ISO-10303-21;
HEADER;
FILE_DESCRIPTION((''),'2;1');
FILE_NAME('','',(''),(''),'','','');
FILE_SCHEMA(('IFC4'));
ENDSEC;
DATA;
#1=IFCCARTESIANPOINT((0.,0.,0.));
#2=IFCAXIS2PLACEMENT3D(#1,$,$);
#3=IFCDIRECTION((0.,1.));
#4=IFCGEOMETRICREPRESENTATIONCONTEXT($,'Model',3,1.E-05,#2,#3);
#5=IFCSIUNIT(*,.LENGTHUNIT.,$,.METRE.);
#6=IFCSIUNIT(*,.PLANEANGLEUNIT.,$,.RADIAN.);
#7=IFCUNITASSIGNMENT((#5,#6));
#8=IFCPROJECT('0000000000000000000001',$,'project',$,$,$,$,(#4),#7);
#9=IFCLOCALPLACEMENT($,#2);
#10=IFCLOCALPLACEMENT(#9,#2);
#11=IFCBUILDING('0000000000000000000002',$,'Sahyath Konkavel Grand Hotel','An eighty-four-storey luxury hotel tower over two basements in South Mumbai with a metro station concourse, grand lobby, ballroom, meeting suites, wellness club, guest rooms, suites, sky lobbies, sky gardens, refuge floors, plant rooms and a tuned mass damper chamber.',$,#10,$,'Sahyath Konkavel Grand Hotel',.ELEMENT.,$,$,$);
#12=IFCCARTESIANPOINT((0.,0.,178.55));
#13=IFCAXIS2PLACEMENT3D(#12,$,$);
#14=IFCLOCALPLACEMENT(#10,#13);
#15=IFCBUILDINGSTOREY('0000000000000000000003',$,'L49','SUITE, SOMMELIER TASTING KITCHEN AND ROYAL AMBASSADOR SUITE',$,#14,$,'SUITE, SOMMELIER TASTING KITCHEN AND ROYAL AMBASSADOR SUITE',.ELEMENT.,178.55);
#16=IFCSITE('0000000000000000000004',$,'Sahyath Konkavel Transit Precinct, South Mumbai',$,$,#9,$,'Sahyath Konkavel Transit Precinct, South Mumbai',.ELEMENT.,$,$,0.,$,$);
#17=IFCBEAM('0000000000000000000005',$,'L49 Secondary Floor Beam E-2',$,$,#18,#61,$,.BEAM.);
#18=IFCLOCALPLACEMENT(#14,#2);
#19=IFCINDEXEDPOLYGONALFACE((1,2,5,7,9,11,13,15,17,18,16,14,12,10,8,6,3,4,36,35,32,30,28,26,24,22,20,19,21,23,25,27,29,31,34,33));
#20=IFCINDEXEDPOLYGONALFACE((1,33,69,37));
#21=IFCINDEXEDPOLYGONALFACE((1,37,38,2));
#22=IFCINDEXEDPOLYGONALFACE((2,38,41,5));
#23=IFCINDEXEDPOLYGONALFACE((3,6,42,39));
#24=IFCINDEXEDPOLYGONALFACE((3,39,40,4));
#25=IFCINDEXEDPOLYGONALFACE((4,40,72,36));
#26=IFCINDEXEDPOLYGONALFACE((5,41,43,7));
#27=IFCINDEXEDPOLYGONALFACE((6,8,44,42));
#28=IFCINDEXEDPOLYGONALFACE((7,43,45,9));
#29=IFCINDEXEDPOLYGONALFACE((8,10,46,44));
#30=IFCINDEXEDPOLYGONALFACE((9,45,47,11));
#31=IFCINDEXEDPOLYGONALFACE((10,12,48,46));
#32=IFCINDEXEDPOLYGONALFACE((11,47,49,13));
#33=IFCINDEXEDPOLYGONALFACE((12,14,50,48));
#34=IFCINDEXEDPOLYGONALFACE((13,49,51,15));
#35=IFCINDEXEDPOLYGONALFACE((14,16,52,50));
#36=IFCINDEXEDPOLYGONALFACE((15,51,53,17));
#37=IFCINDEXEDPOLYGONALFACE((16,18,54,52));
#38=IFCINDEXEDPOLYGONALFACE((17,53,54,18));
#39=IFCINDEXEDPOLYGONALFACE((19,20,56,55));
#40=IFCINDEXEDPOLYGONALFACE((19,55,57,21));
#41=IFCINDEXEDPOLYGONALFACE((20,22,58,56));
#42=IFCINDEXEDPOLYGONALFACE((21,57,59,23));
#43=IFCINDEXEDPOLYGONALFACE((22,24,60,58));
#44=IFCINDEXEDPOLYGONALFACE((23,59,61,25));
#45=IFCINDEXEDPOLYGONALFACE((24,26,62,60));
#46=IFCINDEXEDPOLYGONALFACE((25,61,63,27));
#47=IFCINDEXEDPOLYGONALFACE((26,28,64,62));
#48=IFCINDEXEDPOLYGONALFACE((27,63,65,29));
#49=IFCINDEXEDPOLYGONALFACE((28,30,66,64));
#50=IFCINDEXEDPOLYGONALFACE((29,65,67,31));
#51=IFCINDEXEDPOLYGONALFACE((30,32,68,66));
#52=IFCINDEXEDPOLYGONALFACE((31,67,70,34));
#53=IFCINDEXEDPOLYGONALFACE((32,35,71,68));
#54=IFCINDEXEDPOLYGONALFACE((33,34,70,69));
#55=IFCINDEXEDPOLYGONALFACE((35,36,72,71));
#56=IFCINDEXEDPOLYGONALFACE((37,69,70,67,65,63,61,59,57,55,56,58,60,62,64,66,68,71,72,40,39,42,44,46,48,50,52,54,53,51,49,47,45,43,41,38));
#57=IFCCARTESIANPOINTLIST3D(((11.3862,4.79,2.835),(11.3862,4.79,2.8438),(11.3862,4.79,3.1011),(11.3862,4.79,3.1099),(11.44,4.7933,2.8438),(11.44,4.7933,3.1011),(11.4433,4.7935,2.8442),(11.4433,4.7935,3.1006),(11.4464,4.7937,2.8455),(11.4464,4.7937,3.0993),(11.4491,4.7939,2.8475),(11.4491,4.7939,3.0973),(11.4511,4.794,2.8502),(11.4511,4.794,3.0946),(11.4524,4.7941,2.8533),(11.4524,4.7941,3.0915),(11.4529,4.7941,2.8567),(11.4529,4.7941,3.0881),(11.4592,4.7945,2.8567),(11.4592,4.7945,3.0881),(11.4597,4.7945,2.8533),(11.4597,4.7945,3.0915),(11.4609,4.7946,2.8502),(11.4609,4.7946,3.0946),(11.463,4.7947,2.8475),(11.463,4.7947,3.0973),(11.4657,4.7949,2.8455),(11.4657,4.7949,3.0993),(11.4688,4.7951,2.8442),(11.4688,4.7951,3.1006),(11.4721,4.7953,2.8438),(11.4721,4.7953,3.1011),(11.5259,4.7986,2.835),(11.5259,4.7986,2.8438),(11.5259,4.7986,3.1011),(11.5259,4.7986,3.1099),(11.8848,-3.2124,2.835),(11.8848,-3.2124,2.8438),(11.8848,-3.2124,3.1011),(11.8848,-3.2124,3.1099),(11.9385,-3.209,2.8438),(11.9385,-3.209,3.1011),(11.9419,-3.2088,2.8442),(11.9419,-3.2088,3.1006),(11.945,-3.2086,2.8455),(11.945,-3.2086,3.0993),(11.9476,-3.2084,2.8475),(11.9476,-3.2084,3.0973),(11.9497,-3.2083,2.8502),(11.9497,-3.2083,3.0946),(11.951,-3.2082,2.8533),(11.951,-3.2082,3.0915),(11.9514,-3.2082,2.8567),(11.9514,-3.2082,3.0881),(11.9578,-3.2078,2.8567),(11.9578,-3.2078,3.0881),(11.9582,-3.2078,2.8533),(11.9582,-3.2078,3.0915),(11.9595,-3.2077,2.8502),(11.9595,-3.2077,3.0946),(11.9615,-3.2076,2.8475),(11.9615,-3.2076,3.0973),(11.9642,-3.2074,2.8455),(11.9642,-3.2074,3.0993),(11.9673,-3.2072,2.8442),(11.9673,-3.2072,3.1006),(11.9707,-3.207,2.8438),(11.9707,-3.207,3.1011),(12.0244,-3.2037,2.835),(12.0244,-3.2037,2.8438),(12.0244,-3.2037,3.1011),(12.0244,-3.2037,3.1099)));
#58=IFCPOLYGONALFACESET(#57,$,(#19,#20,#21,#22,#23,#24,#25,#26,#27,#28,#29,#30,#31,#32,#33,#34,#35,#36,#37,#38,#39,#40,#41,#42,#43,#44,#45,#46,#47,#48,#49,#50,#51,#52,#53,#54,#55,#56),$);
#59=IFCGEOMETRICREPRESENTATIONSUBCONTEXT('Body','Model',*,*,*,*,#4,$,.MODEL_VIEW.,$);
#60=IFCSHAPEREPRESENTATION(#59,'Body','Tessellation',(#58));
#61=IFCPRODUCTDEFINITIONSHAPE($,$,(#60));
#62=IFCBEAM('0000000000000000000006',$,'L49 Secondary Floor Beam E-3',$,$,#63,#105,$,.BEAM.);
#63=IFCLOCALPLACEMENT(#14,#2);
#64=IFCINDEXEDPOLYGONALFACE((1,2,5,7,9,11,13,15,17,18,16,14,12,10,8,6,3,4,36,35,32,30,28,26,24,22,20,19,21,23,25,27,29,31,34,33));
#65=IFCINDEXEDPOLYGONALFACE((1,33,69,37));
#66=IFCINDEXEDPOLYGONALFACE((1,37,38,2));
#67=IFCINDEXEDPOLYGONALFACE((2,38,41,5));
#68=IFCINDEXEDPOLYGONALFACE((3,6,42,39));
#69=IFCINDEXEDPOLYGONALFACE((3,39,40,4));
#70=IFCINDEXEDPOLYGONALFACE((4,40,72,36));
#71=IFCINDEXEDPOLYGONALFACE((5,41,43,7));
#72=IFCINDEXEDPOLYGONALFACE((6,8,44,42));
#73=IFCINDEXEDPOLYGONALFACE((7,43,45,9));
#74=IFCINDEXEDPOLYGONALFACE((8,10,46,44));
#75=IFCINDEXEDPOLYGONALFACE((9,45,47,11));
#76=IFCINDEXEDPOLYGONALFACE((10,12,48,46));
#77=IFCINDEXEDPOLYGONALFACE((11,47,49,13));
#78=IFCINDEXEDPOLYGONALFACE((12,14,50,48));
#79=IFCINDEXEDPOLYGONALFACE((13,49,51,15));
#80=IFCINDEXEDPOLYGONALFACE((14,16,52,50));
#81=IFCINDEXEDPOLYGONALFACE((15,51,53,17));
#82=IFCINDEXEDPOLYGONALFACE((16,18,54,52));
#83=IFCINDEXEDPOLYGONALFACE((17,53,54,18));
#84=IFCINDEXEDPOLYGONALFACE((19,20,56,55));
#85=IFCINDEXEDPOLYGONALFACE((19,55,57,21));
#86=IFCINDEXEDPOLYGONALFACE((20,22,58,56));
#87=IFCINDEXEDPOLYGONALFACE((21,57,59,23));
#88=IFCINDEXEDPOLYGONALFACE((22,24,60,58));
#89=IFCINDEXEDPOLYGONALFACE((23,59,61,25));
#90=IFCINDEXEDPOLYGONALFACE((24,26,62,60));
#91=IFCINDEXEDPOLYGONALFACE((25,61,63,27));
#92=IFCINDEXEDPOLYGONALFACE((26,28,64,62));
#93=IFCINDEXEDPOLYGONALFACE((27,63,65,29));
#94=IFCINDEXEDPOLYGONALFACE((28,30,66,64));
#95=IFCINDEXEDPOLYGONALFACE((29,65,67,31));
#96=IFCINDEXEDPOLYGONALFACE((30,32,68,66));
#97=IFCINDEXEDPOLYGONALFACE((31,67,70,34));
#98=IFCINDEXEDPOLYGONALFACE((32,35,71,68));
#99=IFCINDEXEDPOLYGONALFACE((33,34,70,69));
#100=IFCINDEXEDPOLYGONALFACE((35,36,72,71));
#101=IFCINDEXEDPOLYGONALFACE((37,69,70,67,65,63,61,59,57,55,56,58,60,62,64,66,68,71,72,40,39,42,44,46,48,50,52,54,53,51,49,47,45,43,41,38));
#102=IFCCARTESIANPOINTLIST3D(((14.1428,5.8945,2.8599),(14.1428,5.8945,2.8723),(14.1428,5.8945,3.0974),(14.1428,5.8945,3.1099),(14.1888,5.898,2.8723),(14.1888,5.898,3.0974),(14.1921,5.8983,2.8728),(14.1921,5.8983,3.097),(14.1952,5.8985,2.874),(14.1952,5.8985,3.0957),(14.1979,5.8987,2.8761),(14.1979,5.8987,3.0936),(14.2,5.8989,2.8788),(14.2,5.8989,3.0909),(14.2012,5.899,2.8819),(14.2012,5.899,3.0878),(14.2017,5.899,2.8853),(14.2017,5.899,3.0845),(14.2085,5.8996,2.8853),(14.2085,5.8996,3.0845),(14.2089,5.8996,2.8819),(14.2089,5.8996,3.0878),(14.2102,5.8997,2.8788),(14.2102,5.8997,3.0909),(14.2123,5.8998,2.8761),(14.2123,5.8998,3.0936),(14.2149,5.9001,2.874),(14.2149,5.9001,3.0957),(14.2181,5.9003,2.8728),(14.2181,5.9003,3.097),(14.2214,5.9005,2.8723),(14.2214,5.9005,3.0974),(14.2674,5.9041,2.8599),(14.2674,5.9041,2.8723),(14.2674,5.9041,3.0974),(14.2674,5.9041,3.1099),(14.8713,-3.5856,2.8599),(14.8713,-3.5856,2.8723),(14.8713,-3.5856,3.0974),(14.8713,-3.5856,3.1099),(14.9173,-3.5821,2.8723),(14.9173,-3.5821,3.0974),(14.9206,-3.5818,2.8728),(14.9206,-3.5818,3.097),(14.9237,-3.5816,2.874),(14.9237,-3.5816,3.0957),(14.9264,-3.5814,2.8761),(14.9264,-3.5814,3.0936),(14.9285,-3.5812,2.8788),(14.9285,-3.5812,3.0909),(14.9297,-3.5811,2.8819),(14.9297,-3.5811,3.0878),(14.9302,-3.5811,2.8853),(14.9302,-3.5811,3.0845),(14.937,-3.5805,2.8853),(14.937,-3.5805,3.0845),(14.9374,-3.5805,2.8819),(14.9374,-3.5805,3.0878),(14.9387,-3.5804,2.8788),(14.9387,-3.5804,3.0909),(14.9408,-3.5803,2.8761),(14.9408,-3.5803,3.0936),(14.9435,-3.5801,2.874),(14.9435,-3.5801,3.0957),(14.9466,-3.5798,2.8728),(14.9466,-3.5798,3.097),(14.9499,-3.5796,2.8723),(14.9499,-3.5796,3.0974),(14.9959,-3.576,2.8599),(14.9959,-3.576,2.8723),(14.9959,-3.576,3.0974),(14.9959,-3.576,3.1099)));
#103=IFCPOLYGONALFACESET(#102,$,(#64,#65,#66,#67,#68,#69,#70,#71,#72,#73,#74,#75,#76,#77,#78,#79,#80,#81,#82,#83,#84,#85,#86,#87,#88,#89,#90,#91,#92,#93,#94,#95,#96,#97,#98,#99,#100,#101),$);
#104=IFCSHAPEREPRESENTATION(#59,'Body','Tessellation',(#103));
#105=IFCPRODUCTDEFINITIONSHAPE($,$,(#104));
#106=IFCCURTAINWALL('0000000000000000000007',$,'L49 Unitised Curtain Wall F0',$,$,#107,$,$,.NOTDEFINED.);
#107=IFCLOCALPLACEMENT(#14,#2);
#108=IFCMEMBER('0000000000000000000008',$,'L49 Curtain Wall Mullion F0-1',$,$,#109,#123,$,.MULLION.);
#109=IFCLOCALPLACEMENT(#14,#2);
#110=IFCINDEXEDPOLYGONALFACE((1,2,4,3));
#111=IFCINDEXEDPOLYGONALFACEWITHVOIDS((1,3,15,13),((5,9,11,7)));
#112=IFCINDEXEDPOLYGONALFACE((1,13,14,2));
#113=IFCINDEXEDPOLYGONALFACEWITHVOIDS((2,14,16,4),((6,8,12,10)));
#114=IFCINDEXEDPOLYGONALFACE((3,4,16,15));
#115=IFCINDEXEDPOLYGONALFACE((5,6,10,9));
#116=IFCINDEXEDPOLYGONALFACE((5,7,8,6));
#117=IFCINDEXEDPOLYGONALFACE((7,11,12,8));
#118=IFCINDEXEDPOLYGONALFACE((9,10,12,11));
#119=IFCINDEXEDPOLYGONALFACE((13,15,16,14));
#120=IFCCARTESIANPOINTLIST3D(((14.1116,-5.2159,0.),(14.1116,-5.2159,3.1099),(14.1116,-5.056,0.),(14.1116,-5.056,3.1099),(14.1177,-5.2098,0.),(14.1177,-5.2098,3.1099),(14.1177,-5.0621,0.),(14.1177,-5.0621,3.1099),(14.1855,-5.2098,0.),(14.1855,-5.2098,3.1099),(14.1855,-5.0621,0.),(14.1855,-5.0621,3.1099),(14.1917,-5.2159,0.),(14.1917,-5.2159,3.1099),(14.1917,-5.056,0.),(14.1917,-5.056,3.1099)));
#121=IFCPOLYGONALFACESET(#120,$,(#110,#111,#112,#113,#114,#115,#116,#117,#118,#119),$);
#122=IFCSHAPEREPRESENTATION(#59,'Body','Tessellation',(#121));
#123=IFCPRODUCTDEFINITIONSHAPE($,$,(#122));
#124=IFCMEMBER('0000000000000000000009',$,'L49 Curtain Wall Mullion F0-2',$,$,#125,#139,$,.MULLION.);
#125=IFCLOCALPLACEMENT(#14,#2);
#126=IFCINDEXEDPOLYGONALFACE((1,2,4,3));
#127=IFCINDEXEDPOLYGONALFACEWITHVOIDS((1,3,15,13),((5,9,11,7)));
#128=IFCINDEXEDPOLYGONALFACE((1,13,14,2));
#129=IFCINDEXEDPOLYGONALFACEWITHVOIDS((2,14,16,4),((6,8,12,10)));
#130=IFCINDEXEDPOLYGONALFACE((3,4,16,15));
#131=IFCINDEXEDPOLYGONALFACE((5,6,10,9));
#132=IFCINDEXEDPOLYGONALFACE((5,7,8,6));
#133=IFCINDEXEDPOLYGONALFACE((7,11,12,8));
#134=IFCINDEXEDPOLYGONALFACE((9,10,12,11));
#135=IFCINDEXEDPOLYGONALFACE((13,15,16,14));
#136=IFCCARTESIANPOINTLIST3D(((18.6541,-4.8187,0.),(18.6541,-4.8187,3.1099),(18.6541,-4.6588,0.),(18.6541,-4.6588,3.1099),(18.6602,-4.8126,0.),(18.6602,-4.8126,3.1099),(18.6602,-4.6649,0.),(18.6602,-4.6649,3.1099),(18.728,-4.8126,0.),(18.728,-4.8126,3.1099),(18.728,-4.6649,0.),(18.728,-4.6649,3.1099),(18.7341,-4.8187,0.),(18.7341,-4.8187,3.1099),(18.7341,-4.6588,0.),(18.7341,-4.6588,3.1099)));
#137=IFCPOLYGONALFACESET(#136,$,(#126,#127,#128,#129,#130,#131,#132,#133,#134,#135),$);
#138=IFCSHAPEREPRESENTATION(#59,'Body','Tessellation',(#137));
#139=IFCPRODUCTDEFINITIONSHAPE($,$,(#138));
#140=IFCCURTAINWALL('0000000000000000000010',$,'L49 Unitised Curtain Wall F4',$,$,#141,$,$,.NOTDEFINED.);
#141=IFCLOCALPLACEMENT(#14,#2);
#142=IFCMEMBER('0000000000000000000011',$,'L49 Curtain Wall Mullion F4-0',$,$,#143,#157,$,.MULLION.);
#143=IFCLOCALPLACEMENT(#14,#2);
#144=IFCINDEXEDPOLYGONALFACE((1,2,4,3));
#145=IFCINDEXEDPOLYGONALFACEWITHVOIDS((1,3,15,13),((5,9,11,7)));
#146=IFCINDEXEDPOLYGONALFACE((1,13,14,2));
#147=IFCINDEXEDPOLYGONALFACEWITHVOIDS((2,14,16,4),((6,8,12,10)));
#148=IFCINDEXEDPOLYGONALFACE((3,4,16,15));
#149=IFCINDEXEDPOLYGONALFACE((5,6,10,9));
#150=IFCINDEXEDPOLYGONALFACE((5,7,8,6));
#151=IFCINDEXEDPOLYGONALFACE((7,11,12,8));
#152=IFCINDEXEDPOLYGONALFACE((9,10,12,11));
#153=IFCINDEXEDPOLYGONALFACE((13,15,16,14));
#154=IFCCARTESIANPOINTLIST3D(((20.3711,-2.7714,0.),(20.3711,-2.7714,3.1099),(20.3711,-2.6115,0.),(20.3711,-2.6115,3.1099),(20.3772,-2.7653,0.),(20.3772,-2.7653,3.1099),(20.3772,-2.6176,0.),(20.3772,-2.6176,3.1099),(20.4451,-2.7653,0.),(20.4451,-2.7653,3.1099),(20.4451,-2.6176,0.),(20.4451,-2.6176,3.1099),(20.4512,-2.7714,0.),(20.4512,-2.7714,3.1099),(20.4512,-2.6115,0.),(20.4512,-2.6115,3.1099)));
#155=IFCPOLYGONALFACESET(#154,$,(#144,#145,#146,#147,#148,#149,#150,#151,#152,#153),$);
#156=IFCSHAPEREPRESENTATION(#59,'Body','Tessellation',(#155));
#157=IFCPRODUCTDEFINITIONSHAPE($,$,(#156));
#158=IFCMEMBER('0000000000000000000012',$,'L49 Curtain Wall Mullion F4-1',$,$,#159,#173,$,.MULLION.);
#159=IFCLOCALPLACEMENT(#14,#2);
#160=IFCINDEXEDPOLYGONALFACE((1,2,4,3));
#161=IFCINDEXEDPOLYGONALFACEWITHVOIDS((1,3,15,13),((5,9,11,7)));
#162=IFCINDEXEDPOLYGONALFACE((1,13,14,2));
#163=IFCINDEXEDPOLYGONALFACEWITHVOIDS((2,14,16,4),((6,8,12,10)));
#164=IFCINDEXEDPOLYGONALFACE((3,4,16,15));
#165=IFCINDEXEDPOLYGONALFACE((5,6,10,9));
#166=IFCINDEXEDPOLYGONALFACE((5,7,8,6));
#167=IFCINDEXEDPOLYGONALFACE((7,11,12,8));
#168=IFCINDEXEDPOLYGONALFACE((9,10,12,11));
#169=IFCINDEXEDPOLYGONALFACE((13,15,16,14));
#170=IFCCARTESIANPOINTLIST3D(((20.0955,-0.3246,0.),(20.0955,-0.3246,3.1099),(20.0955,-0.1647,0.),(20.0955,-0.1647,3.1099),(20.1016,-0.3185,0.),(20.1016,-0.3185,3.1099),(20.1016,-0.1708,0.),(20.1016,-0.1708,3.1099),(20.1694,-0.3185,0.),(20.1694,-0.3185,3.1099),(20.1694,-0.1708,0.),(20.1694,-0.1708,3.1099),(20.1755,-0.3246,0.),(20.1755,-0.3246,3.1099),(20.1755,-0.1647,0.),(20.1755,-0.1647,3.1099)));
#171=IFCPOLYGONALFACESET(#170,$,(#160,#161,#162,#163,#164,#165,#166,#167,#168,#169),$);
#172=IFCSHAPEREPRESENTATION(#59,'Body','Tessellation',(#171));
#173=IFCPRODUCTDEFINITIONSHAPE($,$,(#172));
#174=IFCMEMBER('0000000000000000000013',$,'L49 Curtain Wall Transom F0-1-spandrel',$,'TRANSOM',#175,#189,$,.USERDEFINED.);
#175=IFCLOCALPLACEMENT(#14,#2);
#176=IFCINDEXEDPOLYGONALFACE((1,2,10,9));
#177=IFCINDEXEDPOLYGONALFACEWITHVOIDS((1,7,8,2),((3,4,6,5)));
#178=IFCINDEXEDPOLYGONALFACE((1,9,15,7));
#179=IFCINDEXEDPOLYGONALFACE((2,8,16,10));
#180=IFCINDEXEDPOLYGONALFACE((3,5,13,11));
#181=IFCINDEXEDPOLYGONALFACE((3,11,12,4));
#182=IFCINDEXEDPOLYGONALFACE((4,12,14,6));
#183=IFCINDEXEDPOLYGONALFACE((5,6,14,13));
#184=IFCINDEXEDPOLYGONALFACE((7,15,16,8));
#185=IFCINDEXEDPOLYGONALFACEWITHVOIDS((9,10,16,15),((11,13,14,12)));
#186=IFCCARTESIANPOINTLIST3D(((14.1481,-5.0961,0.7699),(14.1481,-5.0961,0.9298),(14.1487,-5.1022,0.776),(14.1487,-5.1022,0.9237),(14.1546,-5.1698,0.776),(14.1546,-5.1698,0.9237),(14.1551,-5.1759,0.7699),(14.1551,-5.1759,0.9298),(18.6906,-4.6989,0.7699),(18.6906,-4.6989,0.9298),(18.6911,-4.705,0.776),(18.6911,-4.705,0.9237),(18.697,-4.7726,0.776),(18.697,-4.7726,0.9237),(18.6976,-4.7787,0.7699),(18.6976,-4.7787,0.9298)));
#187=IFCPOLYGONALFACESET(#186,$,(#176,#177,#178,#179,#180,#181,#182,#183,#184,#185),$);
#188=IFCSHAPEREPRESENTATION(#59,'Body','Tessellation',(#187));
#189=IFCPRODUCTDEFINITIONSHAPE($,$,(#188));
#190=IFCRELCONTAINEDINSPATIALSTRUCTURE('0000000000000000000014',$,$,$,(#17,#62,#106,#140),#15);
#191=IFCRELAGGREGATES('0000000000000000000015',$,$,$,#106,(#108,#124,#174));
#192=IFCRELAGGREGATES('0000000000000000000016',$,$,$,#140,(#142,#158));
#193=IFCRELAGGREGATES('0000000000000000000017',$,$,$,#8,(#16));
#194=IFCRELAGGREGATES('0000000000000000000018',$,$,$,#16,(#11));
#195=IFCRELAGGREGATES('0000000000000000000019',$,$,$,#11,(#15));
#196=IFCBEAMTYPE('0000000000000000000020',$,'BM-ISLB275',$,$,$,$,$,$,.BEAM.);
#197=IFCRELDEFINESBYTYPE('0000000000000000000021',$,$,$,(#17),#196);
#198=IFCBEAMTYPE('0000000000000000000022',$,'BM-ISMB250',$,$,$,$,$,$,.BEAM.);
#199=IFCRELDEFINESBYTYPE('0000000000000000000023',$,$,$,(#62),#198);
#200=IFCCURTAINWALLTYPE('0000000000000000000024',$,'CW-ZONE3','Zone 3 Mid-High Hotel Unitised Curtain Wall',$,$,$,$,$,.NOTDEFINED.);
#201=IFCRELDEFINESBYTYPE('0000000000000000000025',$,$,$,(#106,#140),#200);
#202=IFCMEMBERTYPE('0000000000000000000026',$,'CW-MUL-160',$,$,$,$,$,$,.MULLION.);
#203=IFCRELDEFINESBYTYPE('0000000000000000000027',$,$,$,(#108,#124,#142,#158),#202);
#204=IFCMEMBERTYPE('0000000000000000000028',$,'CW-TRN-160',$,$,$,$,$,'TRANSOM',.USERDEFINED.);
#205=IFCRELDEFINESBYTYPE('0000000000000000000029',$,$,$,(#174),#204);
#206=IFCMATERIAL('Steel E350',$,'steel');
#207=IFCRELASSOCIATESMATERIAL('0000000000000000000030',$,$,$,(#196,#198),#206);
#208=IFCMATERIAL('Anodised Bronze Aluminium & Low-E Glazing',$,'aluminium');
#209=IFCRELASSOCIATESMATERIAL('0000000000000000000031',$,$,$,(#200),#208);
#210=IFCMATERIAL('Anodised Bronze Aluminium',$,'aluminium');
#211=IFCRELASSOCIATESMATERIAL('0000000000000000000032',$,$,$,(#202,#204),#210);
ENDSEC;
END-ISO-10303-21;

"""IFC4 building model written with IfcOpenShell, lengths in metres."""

from ifc_helpers import new_model, si_unit, direction, frame, origin, origin_2d, place, context, subcontext, project, spatial, hollow_rectangle, i_section, extrude, source, transform, mapped, material, material_profile, profile_set, type_object, element, aggregate, save


model = new_model("IFC4")

# Units and contexts
model_context = context("Model", 3, precision=1e-05, world=origin(), true_north=direction((0.0, 1.0)))
body_context = subcontext(model_context, "Body", "Model", "MODEL_VIEW")
ifc_project = project(units=[si_unit("LENGTHUNIT", "METRE"), si_unit("PLANEANGLEUNIT", "RADIAN")], contexts=[model_context])

# Site, building, storey
site_placement = place(None, origin())
site = spatial("IfcSite", under=ifc_project, at=site_placement, Name="Sahyath Konkavel Transit Precinct, South Mumbai", LongName="Sahyath Konkavel Transit Precinct, South Mumbai", CompositionType="ELEMENT", RefElevation=0.0)
building_placement = place(site_placement, origin())
building = spatial("IfcBuilding", under=site, at=building_placement, Name="Sahyath Konkavel Grand Hotel", Description="An eighty-four-storey luxury hotel tower over two basements in South Mumbai with a metro station concourse, grand lobby, ballroom, meeting suites, wellness club, guest rooms, suites, sky lobbies, sky gardens, refuge floors, plant rooms and a tuned mass damper chamber.", LongName="Sahyath Konkavel Grand Hotel", CompositionType="ELEMENT")
storey_placement = place(building_placement, frame((0.0, 0.0, 178.55)))
storey = spatial("IfcBuildingStorey", under=building, at=storey_placement, Name="L49", Description="SUITE, SOMMELIER TASTING KITCHEN AND ROYAL AMBASSADOR SUITE", LongName="SUITE, SOMMELIER TASTING KITCHEN AND ROYAL AMBASSADOR SUITE", CompositionType="ELEMENT", Elevation=178.55)

# Beams
ifc_material_1 = material(Name="Steel E350", Category="steel")
ifc_material_profile_1 = material_profile(ifc_material_1, i_section(OverallWidth=0.1399, OverallDepth=0.2749, WebThickness=0.0063, FlangeThickness=0.0088, FilletRadius=0.0129, at=origin_2d()), Name="ISLB 275")
ifc_profile_set_1 = profile_set([ifc_material_profile_1], Name="Steel E350")
beam_type_1 = type_object("IfcBeamType", Name="BM-ISLB275", PredefinedType="BEAM", material=ifc_profile_set_1)
shared_shape_1 = source(origin(), body_context, "Body", "SweptSolid", [
    extrude(i_section(OverallWidth=0.1399, OverallDepth=0.2749, WebThickness=0.0063, FlangeThickness=0.0088, FilletRadius=0.0129, at=origin_2d()), origin(), (0.0, 0.0, 1.0), 8.0178),
])
beam_1_placement = place(storey_placement, frame((11.9546, -3.208, 2.9724), z_axis=(-0.062179, 0.998065, 0.0), x_axis=(-0.998065, -0.062179, 0.0)))
element("IfcBeam", 1, at=beam_1_placement, inside=storey, type_object=beam_type_1, Name="L49 Secondary Floor Beam E-2", PredefinedType="BEAM", context=body_context, shape_type="MappedRepresentation", body=[
    mapped(shared_shape_1, transform((0.0, 0.0, 0.0), scale=1.0)),
])
ifc_material_profile_2 = material_profile(ifc_material_1, i_section(OverallWidth=0.125, OverallDepth=0.25, WebThickness=0.0068, FlangeThickness=0.0125, FilletRadius=0.0129, at=origin_2d()), Name="ISMB 250")
ifc_profile_set_2 = profile_set([ifc_material_profile_2], Name="Steel E350")
beam_type_2 = type_object("IfcBeamType", Name="BM-ISMB250", PredefinedType="BEAM", material=ifc_profile_set_2)
shared_shape_2 = source(origin(), body_context, "Body", "SweptSolid", [
    extrude(i_section(OverallWidth=0.125, OverallDepth=0.25, WebThickness=0.0068, FlangeThickness=0.0125, FilletRadius=0.0129, at=origin_2d()), origin(), (0.0, 0.0, 1.0), 9.5081),
])
beam_2_placement = place(storey_placement, frame((14.9336, -3.5808, 2.9849), z_axis=(-0.07662, 0.99706, 0.0), x_axis=(-0.99706, -0.07662, 0.0)))
element("IfcBeam", 2, at=beam_2_placement, inside=storey, type_object=beam_type_2, Name="L49 Secondary Floor Beam E-3", PredefinedType="BEAM", context=body_context, shape_type="MappedRepresentation", body=[
    mapped(shared_shape_2, transform((0.0, 0.0, 0.0), scale=1.0)),
])

# Curtain walls, members
ifc_material_2 = material(Name="Anodised Bronze Aluminium & Low-E Glazing", Category="aluminium")
curtain_wall_type = type_object("IfcCurtainWallType", Name="CW-ZONE3", Description="Zone 3 Mid-High Hotel Unitised Curtain Wall", PredefinedType="NOTDEFINED", material=ifc_material_2)
curtain_wall_1_placement = place(storey_placement, origin())
curtain_wall_1 = element("IfcCurtainWall", 3, at=curtain_wall_1_placement, inside=storey, type_object=curtain_wall_type, Name="L49 Unitised Curtain Wall F0", PredefinedType="NOTDEFINED")
ifc_material_3 = material(Name="Anodised Bronze Aluminium", Category="aluminium")
ifc_material_profile_3 = material_profile(ifc_material_3, hollow_rectangle(XDim=0.0801, YDim=0.1599, WallThickness=0.0061, at=origin_2d()), Name="RHS 160x80x6")
ifc_profile_set_3 = profile_set([ifc_material_profile_3], Name="Anodised Bronze Aluminium")
member_type_1 = type_object("IfcMemberType", Name="CW-MUL-160", PredefinedType="MULLION", material=ifc_profile_set_3)
shared_shape_3 = source(origin(), body_context, "Body", "SweptSolid", [
    extrude(hollow_rectangle(XDim=0.0801, YDim=0.1599, WallThickness=0.0061, at=origin_2d()), origin(), (0.0, 0.0, 1.0), 3.1099),
])
member_1_placement = place(storey_placement, frame((14.1516, -5.136, 0.0), z_axis=(0.0, 0.0, 1.0), x_axis=(1.0, 0.0, 0.0)))
member_1 = element("IfcMember", 4, at=member_1_placement, type_object=member_type_1, Name="L49 Curtain Wall Mullion F0-1", PredefinedType="MULLION", context=body_context, shape_type="MappedRepresentation", body=[
    mapped(shared_shape_3, transform((0.0, 0.0, 0.0), scale=1.0)),
])
member_2_placement = place(storey_placement, frame((18.6941, -4.7388, 0.0), z_axis=(0.0, 0.0, 1.0), x_axis=(1.0, 0.0, 0.0)))
member_2 = element("IfcMember", 5, at=member_2_placement, type_object=member_type_1, Name="L49 Curtain Wall Mullion F0-2", PredefinedType="MULLION", context=body_context, shape_type="MappedRepresentation", body=[
    mapped(shared_shape_3, transform((0.0, 0.0, 0.0), scale=1.0)),
])
curtain_wall_2_placement = place(storey_placement, origin())
curtain_wall_2 = element("IfcCurtainWall", 6, at=curtain_wall_2_placement, inside=storey, type_object=curtain_wall_type, Name="L49 Unitised Curtain Wall F4", PredefinedType="NOTDEFINED")
member_3_placement = place(storey_placement, frame((20.4111, -2.6914, 0.0), z_axis=(0.0, 0.0, 1.0), x_axis=(1.0, 0.0, 0.0)))
member_3 = element("IfcMember", 7, at=member_3_placement, type_object=member_type_1, Name="L49 Curtain Wall Mullion F4-0", PredefinedType="MULLION", context=body_context, shape_type="MappedRepresentation", body=[
    mapped(shared_shape_3, transform((0.0, 0.0, 0.0), scale=1.0)),
])
member_4_placement = place(storey_placement, frame((20.1355, -0.2446, 0.0), z_axis=(0.0, 0.0, 1.0), x_axis=(1.0, 0.0, 0.0)))
member_4 = element("IfcMember", 8, at=member_4_placement, type_object=member_type_1, Name="L49 Curtain Wall Mullion F4-1", PredefinedType="MULLION", context=body_context, shape_type="MappedRepresentation", body=[
    mapped(shared_shape_3, transform((0.0, 0.0, 0.0), scale=1.0)),
])

# Member
ifc_material_profile_4 = material_profile(ifc_material_3, hollow_rectangle(XDim=0.0801, YDim=0.1599, WallThickness=0.0061, at=origin_2d()), Name="RHS 160x80x6")
ifc_profile_set_4 = profile_set([ifc_material_profile_4], Name="Anodised Bronze Aluminium")
member_type_2 = type_object("IfcMemberType", Name="CW-TRN-160", ElementType="TRANSOM", PredefinedType="USERDEFINED", material=ifc_profile_set_4)
shared_shape_4 = source(origin(), body_context, "Body", "SweptSolid", [
    extrude(hollow_rectangle(XDim=0.0801, YDim=0.1599, WallThickness=0.0061, at=origin_2d()), origin(), (0.0, 0.0, 1.0), 4.5598),
])
member_5_placement = place(storey_placement, frame((14.1516, -5.136, 0.8499), z_axis=(0.996198, 0.087112, 0.0), x_axis=(-0.087112, 0.996198, 0.0)))
member_5 = element("IfcMember", 9, at=member_5_placement, type_object=member_type_2, Name="L49 Curtain Wall Transom F0-1-spandrel", ObjectType="TRANSOM", PredefinedType="USERDEFINED", context=body_context, shape_type="MappedRepresentation", body=[
    mapped(shared_shape_4, transform((0.0, 0.0, 0.0), scale=1.0)),
])

aggregate(curtain_wall_1, [member_1, member_2, member_5])
aggregate(curtain_wall_2, [member_3, member_4])

save(model, "model.ifc")
